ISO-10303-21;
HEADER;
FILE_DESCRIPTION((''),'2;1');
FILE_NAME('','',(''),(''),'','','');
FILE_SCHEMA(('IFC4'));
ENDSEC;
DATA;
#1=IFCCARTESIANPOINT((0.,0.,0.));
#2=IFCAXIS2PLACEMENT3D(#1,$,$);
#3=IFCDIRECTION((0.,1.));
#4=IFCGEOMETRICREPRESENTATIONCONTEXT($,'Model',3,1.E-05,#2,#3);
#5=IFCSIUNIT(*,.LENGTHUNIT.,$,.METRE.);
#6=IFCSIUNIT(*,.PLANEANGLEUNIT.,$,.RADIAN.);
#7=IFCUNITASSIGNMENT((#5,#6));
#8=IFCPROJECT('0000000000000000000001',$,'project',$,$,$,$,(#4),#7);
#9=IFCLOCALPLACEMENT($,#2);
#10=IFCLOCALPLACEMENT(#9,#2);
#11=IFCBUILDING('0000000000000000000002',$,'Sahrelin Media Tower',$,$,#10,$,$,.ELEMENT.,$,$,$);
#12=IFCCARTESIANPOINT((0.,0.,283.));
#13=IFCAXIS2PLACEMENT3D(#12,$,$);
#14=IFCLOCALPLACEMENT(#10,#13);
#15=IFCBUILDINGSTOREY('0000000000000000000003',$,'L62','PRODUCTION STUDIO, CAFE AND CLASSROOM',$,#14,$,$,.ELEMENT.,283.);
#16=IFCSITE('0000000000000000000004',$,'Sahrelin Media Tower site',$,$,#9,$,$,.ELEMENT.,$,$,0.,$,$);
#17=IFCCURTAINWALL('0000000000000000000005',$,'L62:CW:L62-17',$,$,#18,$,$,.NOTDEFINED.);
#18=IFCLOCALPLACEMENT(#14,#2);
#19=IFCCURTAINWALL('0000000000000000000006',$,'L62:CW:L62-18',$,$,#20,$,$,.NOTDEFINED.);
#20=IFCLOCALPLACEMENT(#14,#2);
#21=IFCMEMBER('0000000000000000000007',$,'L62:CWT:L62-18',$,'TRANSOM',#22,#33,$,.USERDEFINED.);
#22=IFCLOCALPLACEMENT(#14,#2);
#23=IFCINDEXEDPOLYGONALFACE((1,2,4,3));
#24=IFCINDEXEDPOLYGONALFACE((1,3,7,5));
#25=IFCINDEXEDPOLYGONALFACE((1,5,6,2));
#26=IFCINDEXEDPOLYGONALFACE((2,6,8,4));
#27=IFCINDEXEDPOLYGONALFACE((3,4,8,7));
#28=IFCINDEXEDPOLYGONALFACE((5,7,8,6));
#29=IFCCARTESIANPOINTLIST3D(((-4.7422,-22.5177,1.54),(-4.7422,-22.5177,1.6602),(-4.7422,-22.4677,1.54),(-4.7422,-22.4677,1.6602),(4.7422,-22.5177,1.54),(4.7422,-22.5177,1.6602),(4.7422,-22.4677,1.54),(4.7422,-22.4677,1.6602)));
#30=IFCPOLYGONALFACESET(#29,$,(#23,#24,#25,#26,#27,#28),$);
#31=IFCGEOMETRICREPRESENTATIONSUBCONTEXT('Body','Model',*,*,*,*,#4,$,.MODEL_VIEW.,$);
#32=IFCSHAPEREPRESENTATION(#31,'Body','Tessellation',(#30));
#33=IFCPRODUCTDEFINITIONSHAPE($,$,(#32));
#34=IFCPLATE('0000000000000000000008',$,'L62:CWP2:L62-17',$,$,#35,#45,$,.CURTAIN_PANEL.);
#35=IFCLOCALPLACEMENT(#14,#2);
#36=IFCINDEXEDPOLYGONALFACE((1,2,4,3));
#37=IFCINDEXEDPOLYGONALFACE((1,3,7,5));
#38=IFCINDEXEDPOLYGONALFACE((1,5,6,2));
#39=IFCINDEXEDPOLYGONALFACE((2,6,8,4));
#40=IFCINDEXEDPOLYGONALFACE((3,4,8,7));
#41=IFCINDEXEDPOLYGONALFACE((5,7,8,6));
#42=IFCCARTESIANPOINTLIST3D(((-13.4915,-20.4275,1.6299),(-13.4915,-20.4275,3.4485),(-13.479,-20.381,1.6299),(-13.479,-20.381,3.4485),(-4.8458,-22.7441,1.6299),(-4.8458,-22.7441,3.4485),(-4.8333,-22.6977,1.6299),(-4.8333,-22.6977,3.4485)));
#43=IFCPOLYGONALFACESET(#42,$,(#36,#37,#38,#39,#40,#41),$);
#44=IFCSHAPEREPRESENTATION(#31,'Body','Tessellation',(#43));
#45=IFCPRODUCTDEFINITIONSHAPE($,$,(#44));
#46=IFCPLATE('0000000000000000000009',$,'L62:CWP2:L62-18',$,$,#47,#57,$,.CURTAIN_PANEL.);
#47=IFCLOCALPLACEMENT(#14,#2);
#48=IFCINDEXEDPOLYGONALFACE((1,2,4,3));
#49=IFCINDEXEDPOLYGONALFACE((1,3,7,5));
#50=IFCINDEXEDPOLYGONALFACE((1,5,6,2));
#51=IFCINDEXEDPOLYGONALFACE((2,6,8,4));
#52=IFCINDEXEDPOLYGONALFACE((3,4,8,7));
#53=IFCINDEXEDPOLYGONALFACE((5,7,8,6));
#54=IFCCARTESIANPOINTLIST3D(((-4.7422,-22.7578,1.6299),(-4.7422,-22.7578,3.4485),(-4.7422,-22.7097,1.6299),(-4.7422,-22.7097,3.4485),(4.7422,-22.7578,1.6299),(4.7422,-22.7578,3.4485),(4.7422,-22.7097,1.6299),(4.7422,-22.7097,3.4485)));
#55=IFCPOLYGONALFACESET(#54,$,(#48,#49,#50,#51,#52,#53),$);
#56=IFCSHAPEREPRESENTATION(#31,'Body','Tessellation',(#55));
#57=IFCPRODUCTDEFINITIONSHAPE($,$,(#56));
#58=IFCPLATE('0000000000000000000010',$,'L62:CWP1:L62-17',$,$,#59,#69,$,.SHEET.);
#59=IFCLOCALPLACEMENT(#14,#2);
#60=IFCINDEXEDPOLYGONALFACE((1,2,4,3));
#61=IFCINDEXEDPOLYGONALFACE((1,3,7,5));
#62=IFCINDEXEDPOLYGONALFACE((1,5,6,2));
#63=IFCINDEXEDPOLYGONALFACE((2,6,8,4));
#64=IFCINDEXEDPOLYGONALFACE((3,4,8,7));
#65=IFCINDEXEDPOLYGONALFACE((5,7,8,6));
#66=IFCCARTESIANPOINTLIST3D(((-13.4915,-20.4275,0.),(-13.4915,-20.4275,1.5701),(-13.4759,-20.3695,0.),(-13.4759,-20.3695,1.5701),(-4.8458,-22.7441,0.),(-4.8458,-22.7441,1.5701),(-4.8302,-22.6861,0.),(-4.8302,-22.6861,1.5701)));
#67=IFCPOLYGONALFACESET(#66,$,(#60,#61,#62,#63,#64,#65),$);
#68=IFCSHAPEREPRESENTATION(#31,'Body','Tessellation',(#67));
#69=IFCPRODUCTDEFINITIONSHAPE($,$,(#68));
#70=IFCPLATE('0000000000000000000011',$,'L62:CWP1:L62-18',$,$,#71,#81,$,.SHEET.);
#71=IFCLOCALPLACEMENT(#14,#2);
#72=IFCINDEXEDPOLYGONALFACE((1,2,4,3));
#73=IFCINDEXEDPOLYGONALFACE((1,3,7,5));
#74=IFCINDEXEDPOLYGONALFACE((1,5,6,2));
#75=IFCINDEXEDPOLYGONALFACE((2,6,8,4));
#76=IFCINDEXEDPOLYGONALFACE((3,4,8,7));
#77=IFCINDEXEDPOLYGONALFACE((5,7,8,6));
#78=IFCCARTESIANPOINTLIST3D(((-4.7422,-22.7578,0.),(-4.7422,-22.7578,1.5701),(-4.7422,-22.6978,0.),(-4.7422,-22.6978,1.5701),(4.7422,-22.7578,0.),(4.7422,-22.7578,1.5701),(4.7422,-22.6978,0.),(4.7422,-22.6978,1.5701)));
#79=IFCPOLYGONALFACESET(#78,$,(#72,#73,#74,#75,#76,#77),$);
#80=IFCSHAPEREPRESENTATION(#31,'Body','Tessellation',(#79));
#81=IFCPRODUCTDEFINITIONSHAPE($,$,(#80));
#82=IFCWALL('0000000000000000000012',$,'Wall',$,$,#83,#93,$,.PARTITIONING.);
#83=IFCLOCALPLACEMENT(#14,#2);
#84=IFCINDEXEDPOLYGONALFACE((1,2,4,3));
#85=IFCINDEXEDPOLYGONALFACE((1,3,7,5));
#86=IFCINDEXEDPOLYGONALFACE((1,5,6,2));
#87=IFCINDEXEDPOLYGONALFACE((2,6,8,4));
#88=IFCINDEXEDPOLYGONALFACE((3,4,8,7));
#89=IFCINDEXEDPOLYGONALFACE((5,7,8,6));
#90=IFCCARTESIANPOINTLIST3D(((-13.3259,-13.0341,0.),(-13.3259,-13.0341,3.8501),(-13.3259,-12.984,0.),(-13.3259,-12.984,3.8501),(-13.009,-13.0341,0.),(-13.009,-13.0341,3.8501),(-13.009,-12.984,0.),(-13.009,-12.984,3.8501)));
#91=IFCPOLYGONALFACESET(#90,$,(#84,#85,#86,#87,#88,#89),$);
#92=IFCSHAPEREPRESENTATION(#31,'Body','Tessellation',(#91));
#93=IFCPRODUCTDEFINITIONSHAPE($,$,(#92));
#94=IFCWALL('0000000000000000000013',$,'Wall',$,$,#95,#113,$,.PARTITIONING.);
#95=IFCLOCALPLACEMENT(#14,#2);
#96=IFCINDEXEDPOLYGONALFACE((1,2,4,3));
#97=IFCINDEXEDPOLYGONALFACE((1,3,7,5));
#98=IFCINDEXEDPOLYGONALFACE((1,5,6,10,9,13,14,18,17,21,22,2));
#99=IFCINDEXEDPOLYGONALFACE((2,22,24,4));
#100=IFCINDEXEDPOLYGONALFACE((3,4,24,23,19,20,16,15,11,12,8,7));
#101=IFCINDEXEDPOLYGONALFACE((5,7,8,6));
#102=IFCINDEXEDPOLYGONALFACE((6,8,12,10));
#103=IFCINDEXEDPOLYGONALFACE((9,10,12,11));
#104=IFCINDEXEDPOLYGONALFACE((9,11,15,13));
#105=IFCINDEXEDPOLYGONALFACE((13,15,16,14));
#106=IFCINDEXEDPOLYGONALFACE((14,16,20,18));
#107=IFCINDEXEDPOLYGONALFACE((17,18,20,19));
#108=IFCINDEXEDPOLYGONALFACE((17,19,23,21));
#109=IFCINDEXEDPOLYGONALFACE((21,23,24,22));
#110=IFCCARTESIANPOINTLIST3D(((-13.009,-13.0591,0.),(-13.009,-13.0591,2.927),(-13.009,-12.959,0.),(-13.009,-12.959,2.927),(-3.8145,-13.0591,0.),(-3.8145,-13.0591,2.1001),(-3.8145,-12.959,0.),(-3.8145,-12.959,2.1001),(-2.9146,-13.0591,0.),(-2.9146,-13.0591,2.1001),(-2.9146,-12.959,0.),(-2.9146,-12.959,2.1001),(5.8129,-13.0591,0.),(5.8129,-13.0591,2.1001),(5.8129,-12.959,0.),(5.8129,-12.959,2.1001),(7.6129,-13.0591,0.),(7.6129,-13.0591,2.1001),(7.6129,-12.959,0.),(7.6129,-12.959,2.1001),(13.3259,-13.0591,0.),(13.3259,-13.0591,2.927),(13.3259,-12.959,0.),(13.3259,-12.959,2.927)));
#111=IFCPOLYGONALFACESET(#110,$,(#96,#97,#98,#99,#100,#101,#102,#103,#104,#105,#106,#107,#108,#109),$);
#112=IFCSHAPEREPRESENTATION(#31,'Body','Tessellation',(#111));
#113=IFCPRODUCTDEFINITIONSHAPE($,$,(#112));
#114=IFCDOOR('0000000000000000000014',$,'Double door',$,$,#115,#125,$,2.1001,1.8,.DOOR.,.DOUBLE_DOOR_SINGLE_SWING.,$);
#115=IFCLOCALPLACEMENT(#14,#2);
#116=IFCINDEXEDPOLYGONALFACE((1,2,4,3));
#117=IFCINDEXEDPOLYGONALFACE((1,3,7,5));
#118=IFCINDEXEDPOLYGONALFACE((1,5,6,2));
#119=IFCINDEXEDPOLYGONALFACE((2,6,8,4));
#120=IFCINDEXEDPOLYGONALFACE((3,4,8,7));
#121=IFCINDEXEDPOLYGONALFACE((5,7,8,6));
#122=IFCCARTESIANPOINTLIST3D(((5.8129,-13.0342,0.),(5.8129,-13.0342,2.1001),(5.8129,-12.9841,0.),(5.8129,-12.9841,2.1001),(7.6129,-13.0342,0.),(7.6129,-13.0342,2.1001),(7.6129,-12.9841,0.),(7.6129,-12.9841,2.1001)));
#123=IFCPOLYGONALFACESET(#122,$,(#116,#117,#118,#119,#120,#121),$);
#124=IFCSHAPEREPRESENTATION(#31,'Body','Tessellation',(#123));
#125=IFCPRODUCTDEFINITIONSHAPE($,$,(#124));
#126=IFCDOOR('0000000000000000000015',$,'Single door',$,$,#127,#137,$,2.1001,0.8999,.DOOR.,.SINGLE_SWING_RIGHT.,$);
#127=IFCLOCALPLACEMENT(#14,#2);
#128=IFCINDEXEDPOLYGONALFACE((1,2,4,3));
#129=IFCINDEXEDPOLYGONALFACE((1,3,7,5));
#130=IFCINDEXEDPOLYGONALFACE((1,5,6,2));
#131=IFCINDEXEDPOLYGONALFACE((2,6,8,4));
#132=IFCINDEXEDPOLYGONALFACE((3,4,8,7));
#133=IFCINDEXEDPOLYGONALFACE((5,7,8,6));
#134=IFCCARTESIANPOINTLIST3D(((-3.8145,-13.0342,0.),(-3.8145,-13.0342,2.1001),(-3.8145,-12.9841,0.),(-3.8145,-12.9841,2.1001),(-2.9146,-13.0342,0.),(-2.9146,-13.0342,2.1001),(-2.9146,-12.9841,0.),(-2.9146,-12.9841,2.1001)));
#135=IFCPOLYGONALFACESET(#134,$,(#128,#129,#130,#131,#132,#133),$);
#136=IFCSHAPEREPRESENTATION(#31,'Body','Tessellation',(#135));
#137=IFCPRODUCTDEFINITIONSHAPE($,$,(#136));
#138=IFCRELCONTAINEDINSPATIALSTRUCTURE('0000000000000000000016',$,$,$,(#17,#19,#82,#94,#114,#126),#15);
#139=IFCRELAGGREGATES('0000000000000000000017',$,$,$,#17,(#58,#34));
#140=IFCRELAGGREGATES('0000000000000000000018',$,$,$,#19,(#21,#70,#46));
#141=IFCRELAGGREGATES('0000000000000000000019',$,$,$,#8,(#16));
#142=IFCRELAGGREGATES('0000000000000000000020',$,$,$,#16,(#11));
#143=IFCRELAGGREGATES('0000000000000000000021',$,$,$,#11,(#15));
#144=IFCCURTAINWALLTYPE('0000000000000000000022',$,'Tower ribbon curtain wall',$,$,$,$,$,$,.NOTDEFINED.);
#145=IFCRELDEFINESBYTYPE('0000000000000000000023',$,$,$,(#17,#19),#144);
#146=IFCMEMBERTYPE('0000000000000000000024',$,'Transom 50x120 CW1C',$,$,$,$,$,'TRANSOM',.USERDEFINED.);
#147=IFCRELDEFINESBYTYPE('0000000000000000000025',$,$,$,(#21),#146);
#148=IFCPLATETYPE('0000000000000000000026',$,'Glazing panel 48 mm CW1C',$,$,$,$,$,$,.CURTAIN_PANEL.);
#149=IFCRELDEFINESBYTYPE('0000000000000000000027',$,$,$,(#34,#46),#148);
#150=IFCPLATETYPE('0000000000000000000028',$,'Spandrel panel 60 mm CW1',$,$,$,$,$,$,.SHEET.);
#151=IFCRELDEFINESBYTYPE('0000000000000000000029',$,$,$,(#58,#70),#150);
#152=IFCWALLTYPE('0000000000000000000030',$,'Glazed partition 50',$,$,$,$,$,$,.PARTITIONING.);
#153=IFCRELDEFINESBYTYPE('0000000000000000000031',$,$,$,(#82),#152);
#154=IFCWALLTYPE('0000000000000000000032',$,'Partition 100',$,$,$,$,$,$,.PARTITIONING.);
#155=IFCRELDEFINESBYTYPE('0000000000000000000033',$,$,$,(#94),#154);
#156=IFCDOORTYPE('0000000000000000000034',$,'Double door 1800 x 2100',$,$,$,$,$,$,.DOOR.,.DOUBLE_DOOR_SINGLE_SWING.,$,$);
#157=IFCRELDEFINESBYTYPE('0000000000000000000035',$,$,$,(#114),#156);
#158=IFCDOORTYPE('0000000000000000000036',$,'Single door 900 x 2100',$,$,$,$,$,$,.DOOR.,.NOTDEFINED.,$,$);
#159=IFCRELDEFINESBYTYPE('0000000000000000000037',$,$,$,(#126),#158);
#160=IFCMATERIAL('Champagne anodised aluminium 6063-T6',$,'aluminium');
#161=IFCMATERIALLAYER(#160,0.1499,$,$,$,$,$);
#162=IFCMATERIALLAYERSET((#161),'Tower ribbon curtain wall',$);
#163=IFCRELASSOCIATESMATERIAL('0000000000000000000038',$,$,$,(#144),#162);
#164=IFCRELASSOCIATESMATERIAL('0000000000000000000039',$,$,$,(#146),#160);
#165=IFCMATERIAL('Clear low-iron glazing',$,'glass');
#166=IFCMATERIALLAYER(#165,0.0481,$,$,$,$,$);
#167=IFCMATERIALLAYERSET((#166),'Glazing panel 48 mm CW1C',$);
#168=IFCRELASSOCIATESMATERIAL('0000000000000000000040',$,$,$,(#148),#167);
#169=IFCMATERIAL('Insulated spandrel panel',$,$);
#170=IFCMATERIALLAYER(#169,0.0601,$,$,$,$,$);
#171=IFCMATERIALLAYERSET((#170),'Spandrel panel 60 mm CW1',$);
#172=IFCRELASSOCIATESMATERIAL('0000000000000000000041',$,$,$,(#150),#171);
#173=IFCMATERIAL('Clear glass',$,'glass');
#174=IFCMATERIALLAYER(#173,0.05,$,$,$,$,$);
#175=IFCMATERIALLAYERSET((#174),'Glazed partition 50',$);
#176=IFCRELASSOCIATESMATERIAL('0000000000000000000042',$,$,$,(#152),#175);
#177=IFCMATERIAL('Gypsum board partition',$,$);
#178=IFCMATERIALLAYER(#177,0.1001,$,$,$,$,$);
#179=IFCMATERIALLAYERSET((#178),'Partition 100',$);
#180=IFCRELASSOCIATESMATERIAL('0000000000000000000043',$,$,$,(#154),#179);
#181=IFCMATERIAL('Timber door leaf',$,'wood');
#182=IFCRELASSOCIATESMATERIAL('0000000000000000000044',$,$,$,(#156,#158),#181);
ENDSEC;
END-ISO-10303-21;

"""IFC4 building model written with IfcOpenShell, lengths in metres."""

from ifc_helpers import new_model, si_unit, direction, frame, frame_2d, origin, origin_2d, place, context, subcontext, project, spatial, polyline, rectangle, outline, extrude, material, layer, layer_set, material_profile, profile_set, type_object, element, fill, aggregate, save


model = new_model("IFC4")

# Units and contexts
model_context = context("Model", 3, precision=1e-05, world=origin(), true_north=direction((0.0, 1.0)))
body_context = subcontext(model_context, "Body", "Model", "MODEL_VIEW")
ifc_project = project(units=[si_unit("LENGTHUNIT", "METRE"), si_unit("PLANEANGLEUNIT", "RADIAN")], contexts=[model_context])

# Site, building, storey
site_placement = place(None, origin())
site = spatial("IfcSite", under=ifc_project, at=site_placement, Name="Sahrelin Media Tower site", CompositionType="ELEMENT", RefElevation=0.0)
building_placement = place(site_placement, origin())
building = spatial("IfcBuilding", under=site, at=building_placement, Name="Sahrelin Media Tower", CompositionType="ELEMENT")
storey_placement = place(building_placement, frame((0.0, 0.0, 283.0)))
storey = spatial("IfcBuildingStorey", under=building, at=storey_placement, Name="L62", Description="PRODUCTION STUDIO, CAFE AND CLASSROOM", CompositionType="ELEMENT", Elevation=283.0)

# Curtain wall
ifc_material_1 = material(Name="Champagne anodised aluminium 6063-T6", Category="aluminium")
ifc_layer_1 = layer(ifc_material_1, 0.1499)
ifc_layer_set_1 = layer_set([ifc_layer_1], Name="Tower ribbon curtain wall")
curtain_wall_type = type_object("IfcCurtainWallType", Name="Tower ribbon curtain wall", PredefinedType="NOTDEFINED", material=ifc_layer_set_1)
curtain_wall_1_placement = place(storey_placement, frame((-9.1633, -21.5664, 0.0), z_axis=(0.0, 0.0, 1.0), x_axis=(1.0, 0.0, 0.0)))
curtain_wall_1 = element("IfcCurtainWall", 1, at=curtain_wall_1_placement, inside=storey, type_object=curtain_wall_type, Name="L62:CW:L62-17", PredefinedType="NOTDEFINED")

# Shared definitions
ifc_material_profile_1 = material_profile(ifc_material_1, rectangle(XDim=0.05, YDim=0.1201, at=origin_2d()), Name="Transom 50x120")
ifc_profile_set_1 = profile_set([ifc_material_profile_1], Name="Champagne anodised aluminium 6063-T6")
member_type_1 = type_object("IfcMemberType", Name="Transom 50x120 CW1C", ElementType="TRANSOM", PredefinedType="USERDEFINED", material=ifc_profile_set_1)

# Curtain wall, member
curtain_wall_2_placement = place(storey_placement, frame((0.0, -22.7378, 0.0), z_axis=(0.0, 0.0, 1.0), x_axis=(1.0, 0.0, 0.0)))
curtain_wall_2 = element("IfcCurtainWall", 2, at=curtain_wall_2_placement, inside=storey, type_object=curtain_wall_type, Name="L62:CW:L62-18", PredefinedType="NOTDEFINED")
member_1_placement = place(storey_placement, frame((-4.7422, -22.4927, 1.6001), z_axis=(1.0, 0.0, 0.0), x_axis=(0.0, 1.0, 0.0)))
member_1 = element("IfcMember", 3, at=member_1_placement, type_object=member_type_1, Name="L62:CWT:L62-18", ObjectType="TRANSOM", PredefinedType="USERDEFINED", context=body_context, shape_type="SweptSolid", body=[
    extrude(rectangle(XDim=0.05, YDim=0.1201, at=origin_2d()), origin(), (0.0, 0.0, 1.0), 9.4844),
])

# Plates
ifc_material_2 = material(Name="Clear low-iron glazing", Category="glass")
ifc_layer_2 = layer(ifc_material_2, 0.0481)
ifc_layer_set_2 = layer_set([ifc_layer_2], Name="Glazing panel 48 mm CW1C")
plate_type_1 = type_object("IfcPlateType", Name="Glazing panel 48 mm CW1C", PredefinedType="CURTAIN_PANEL", material=ifc_layer_set_2)
plate_1_placement = place(storey_placement, frame((-13.4915, -20.4275, 1.6299), z_axis=(-0.258822, -0.965925, 0.0), x_axis=(0.965925, -0.258822, 0.0)))
plate_1 = element("IfcPlate", 4, at=plate_1_placement, type_object=plate_type_1, Name="L62:CWP2:L62-17", PredefinedType="CURTAIN_PANEL", context=body_context, shape_type="SweptSolid", body=[
    extrude(outline(polyline([(0.0, 0.0), (8.9507, 0.0), (8.9507, 1.8186), (0.0, 1.8186), (0.0, 0.0)])), origin(), (0.0, 0.0, -1.0), 0.0481),
])
plate_2_placement = place(storey_placement, frame((-4.7422, -22.7578, 1.6299), z_axis=(0.0, -1.0, 0.0), x_axis=(1.0, 0.0, 0.0)))
plate_2 = element("IfcPlate", 5, at=plate_2_placement, type_object=plate_type_1, Name="L62:CWP2:L62-18", PredefinedType="CURTAIN_PANEL", context=body_context, shape_type="SweptSolid", body=[
    extrude(outline(polyline([(0.0, 0.0), (9.4844, 0.0), (9.4844, 1.8186), (0.0, 1.8186), (0.0, 0.0)])), origin(), (0.0, 0.0, -1.0), 0.0481),
])
ifc_material_3 = material(Name="Insulated spandrel panel")
ifc_layer_3 = layer(ifc_material_3, 0.0601)
ifc_layer_set_3 = layer_set([ifc_layer_3], Name="Spandrel panel 60 mm CW1")
plate_type_2 = type_object("IfcPlateType", Name="Spandrel panel 60 mm CW1", PredefinedType="SHEET", material=ifc_layer_set_3)
plate_3_placement = place(storey_placement, frame((-13.4915, -20.4275, 0.0), z_axis=(-0.258822, -0.965925, 0.0), x_axis=(0.965925, -0.258822, 0.0)))
plate_3 = element("IfcPlate", 6, at=plate_3_placement, type_object=plate_type_2, Name="L62:CWP1:L62-17", PredefinedType="SHEET", context=body_context, shape_type="SweptSolid", body=[
    extrude(outline(polyline([(0.0, 0.0), (8.9507, 0.0), (8.9507, 1.5701), (0.0, 1.5701), (0.0, 0.0)])), origin(), (0.0, 0.0, -1.0), 0.0601),
])
aggregate(curtain_wall_1, [plate_3, plate_1])
plate_4_placement = place(storey_placement, frame((-4.7422, -22.7578, 0.0), z_axis=(0.0, -1.0, 0.0), x_axis=(1.0, 0.0, 0.0)))
plate_4 = element("IfcPlate", 7, at=plate_4_placement, type_object=plate_type_2, Name="L62:CWP1:L62-18", PredefinedType="SHEET", context=body_context, shape_type="SweptSolid", body=[
    extrude(outline(polyline([(0.0, 0.0), (9.4844, 0.0), (9.4844, 1.5701), (0.0, 1.5701), (0.0, 0.0)])), origin(), (0.0, 0.0, -1.0), 0.0601),
])
aggregate(curtain_wall_2, [member_1, plate_4, plate_2])

# Wall
ifc_material_4 = material(Name="Clear glass", Category="glass")
ifc_layer_4 = layer(ifc_material_4, 0.05)
ifc_layer_set_4 = layer_set([ifc_layer_4], Name="Glazed partition 50")
wall_type_1 = type_object("IfcWallType", Name="Glazed partition 50", PredefinedType="PARTITIONING", material=ifc_layer_set_4)
wall_1_placement = place(storey_placement, frame((-13.3259, -13.009, 0.0), z_axis=(0.0, 0.0, 1.0), x_axis=(1.0, 0.0, 0.0)))
element("IfcWall", 8, at=wall_1_placement, inside=storey, type_object=wall_type_1, Name="Wall", PredefinedType="PARTITIONING", context=body_context, shape_type="SweptSolid", body=[
    extrude(rectangle(XDim=0.3169, YDim=0.05, at=frame_2d((0.1584, 0.0))), origin(), (0.0, 0.0, 1.0), 3.8501),
])

# Wall, openings, doors
ifc_material_5 = material(Name="Gypsum board partition")
ifc_layer_5 = layer(ifc_material_5, 0.1001)
ifc_layer_set_5 = layer_set([ifc_layer_5], Name="Partition 100")
wall_type_2 = type_object("IfcWallType", Name="Partition 100", PredefinedType="PARTITIONING", material=ifc_layer_set_5)
wall_2_placement = place(storey_placement, frame((-13.009, -13.009, 0.0), z_axis=(0.0, 0.0, 1.0), x_axis=(1.0, 0.0, 0.0)))
wall_2 = element("IfcWall", 9, at=wall_2_placement, inside=storey, type_object=wall_type_2, Name="Wall", PredefinedType="PARTITIONING", context=body_context, shape_type="SweptSolid", body=[
    extrude(rectangle(XDim=26.335, YDim=0.1001, at=frame_2d((13.1675, 0.0))), origin(), (0.0, 0.0, 1.0), 2.927),
])
opening_1_placement = place(wall_2_placement, frame((18.822, 0.0, 0.0)))
opening_1 = element("IfcOpeningElement", 10, at=opening_1_placement, cuts=wall_2, PredefinedType="OPENING", context=body_context, shape_type="SweptSolid", body=[
    extrude(rectangle(XDim=1.8, YDim=2.1001, at=frame_2d((0.8999, 1.05))), frame((0.0, 0.05, 0.0), z_axis=(0.0, -1.0, 0.0), x_axis=(1.0, 0.0, 0.0)), (0.0, 0.0, 1.0), 0.1001),
])
opening_2_placement = place(wall_2_placement, frame((9.1946, 0.0, 0.0)))
opening_2 = element("IfcOpeningElement", 11, at=opening_2_placement, cuts=wall_2, PredefinedType="OPENING", context=body_context, shape_type="SweptSolid", body=[
    extrude(rectangle(XDim=0.8999, YDim=2.1001, at=frame_2d((0.45, 1.05))), frame((0.0, 0.05, 0.0), z_axis=(0.0, -1.0, 0.0), x_axis=(1.0, 0.0, 0.0)), (0.0, 0.0, 1.0), 0.1001),
])
ifc_material_6 = material(Name="Timber door leaf", Category="wood")
door_type_1 = type_object("IfcDoorType", Name="Double door 1800 x 2100", OperationType="DOUBLE_DOOR_SINGLE_SWING", PredefinedType="DOOR", material=ifc_material_6)
door_1_placement = place(opening_1_placement, origin())
door_1 = element("IfcDoor", 12, at=door_1_placement, inside=storey, type_object=door_type_1, Name="Double door", OperationType="DOUBLE_DOOR_SINGLE_SWING", OverallHeight=2.1001, OverallWidth=1.8, PredefinedType="DOOR", context=body_context, shape_type="SweptSolid", body=[
    extrude(rectangle(XDim=1.8, YDim=2.1001, at=frame_2d((0.8999, 1.05))), frame((0.0, 0.0249, 0.0), z_axis=(0.0, -1.0, 0.0), x_axis=(1.0, 0.0, 0.0)), (0.0, 0.0, 1.0), 0.05),
])
fill(opening_1, door_1)
door_type_2 = type_object("IfcDoorType", Name="Single door 900 x 2100", OperationType="NOTDEFINED", PredefinedType="DOOR", material=ifc_material_6)
door_2_placement = place(opening_2_placement, origin())
door_2 = element("IfcDoor", 13, at=door_2_placement, inside=storey, type_object=door_type_2, Name="Single door", OperationType="SINGLE_SWING_RIGHT", OverallHeight=2.1001, OverallWidth=0.8999, PredefinedType="DOOR", context=body_context, shape_type="SweptSolid", body=[
    extrude(rectangle(XDim=0.8999, YDim=2.1001, at=frame_2d((0.45, 1.05))), frame((0.0, 0.0249, 0.0), z_axis=(0.0, -1.0, 0.0), x_axis=(1.0, 0.0, 0.0)), (0.0, 0.0, 1.0), 0.05),
])
fill(opening_2, door_2)

save(model, "model.ifc")
